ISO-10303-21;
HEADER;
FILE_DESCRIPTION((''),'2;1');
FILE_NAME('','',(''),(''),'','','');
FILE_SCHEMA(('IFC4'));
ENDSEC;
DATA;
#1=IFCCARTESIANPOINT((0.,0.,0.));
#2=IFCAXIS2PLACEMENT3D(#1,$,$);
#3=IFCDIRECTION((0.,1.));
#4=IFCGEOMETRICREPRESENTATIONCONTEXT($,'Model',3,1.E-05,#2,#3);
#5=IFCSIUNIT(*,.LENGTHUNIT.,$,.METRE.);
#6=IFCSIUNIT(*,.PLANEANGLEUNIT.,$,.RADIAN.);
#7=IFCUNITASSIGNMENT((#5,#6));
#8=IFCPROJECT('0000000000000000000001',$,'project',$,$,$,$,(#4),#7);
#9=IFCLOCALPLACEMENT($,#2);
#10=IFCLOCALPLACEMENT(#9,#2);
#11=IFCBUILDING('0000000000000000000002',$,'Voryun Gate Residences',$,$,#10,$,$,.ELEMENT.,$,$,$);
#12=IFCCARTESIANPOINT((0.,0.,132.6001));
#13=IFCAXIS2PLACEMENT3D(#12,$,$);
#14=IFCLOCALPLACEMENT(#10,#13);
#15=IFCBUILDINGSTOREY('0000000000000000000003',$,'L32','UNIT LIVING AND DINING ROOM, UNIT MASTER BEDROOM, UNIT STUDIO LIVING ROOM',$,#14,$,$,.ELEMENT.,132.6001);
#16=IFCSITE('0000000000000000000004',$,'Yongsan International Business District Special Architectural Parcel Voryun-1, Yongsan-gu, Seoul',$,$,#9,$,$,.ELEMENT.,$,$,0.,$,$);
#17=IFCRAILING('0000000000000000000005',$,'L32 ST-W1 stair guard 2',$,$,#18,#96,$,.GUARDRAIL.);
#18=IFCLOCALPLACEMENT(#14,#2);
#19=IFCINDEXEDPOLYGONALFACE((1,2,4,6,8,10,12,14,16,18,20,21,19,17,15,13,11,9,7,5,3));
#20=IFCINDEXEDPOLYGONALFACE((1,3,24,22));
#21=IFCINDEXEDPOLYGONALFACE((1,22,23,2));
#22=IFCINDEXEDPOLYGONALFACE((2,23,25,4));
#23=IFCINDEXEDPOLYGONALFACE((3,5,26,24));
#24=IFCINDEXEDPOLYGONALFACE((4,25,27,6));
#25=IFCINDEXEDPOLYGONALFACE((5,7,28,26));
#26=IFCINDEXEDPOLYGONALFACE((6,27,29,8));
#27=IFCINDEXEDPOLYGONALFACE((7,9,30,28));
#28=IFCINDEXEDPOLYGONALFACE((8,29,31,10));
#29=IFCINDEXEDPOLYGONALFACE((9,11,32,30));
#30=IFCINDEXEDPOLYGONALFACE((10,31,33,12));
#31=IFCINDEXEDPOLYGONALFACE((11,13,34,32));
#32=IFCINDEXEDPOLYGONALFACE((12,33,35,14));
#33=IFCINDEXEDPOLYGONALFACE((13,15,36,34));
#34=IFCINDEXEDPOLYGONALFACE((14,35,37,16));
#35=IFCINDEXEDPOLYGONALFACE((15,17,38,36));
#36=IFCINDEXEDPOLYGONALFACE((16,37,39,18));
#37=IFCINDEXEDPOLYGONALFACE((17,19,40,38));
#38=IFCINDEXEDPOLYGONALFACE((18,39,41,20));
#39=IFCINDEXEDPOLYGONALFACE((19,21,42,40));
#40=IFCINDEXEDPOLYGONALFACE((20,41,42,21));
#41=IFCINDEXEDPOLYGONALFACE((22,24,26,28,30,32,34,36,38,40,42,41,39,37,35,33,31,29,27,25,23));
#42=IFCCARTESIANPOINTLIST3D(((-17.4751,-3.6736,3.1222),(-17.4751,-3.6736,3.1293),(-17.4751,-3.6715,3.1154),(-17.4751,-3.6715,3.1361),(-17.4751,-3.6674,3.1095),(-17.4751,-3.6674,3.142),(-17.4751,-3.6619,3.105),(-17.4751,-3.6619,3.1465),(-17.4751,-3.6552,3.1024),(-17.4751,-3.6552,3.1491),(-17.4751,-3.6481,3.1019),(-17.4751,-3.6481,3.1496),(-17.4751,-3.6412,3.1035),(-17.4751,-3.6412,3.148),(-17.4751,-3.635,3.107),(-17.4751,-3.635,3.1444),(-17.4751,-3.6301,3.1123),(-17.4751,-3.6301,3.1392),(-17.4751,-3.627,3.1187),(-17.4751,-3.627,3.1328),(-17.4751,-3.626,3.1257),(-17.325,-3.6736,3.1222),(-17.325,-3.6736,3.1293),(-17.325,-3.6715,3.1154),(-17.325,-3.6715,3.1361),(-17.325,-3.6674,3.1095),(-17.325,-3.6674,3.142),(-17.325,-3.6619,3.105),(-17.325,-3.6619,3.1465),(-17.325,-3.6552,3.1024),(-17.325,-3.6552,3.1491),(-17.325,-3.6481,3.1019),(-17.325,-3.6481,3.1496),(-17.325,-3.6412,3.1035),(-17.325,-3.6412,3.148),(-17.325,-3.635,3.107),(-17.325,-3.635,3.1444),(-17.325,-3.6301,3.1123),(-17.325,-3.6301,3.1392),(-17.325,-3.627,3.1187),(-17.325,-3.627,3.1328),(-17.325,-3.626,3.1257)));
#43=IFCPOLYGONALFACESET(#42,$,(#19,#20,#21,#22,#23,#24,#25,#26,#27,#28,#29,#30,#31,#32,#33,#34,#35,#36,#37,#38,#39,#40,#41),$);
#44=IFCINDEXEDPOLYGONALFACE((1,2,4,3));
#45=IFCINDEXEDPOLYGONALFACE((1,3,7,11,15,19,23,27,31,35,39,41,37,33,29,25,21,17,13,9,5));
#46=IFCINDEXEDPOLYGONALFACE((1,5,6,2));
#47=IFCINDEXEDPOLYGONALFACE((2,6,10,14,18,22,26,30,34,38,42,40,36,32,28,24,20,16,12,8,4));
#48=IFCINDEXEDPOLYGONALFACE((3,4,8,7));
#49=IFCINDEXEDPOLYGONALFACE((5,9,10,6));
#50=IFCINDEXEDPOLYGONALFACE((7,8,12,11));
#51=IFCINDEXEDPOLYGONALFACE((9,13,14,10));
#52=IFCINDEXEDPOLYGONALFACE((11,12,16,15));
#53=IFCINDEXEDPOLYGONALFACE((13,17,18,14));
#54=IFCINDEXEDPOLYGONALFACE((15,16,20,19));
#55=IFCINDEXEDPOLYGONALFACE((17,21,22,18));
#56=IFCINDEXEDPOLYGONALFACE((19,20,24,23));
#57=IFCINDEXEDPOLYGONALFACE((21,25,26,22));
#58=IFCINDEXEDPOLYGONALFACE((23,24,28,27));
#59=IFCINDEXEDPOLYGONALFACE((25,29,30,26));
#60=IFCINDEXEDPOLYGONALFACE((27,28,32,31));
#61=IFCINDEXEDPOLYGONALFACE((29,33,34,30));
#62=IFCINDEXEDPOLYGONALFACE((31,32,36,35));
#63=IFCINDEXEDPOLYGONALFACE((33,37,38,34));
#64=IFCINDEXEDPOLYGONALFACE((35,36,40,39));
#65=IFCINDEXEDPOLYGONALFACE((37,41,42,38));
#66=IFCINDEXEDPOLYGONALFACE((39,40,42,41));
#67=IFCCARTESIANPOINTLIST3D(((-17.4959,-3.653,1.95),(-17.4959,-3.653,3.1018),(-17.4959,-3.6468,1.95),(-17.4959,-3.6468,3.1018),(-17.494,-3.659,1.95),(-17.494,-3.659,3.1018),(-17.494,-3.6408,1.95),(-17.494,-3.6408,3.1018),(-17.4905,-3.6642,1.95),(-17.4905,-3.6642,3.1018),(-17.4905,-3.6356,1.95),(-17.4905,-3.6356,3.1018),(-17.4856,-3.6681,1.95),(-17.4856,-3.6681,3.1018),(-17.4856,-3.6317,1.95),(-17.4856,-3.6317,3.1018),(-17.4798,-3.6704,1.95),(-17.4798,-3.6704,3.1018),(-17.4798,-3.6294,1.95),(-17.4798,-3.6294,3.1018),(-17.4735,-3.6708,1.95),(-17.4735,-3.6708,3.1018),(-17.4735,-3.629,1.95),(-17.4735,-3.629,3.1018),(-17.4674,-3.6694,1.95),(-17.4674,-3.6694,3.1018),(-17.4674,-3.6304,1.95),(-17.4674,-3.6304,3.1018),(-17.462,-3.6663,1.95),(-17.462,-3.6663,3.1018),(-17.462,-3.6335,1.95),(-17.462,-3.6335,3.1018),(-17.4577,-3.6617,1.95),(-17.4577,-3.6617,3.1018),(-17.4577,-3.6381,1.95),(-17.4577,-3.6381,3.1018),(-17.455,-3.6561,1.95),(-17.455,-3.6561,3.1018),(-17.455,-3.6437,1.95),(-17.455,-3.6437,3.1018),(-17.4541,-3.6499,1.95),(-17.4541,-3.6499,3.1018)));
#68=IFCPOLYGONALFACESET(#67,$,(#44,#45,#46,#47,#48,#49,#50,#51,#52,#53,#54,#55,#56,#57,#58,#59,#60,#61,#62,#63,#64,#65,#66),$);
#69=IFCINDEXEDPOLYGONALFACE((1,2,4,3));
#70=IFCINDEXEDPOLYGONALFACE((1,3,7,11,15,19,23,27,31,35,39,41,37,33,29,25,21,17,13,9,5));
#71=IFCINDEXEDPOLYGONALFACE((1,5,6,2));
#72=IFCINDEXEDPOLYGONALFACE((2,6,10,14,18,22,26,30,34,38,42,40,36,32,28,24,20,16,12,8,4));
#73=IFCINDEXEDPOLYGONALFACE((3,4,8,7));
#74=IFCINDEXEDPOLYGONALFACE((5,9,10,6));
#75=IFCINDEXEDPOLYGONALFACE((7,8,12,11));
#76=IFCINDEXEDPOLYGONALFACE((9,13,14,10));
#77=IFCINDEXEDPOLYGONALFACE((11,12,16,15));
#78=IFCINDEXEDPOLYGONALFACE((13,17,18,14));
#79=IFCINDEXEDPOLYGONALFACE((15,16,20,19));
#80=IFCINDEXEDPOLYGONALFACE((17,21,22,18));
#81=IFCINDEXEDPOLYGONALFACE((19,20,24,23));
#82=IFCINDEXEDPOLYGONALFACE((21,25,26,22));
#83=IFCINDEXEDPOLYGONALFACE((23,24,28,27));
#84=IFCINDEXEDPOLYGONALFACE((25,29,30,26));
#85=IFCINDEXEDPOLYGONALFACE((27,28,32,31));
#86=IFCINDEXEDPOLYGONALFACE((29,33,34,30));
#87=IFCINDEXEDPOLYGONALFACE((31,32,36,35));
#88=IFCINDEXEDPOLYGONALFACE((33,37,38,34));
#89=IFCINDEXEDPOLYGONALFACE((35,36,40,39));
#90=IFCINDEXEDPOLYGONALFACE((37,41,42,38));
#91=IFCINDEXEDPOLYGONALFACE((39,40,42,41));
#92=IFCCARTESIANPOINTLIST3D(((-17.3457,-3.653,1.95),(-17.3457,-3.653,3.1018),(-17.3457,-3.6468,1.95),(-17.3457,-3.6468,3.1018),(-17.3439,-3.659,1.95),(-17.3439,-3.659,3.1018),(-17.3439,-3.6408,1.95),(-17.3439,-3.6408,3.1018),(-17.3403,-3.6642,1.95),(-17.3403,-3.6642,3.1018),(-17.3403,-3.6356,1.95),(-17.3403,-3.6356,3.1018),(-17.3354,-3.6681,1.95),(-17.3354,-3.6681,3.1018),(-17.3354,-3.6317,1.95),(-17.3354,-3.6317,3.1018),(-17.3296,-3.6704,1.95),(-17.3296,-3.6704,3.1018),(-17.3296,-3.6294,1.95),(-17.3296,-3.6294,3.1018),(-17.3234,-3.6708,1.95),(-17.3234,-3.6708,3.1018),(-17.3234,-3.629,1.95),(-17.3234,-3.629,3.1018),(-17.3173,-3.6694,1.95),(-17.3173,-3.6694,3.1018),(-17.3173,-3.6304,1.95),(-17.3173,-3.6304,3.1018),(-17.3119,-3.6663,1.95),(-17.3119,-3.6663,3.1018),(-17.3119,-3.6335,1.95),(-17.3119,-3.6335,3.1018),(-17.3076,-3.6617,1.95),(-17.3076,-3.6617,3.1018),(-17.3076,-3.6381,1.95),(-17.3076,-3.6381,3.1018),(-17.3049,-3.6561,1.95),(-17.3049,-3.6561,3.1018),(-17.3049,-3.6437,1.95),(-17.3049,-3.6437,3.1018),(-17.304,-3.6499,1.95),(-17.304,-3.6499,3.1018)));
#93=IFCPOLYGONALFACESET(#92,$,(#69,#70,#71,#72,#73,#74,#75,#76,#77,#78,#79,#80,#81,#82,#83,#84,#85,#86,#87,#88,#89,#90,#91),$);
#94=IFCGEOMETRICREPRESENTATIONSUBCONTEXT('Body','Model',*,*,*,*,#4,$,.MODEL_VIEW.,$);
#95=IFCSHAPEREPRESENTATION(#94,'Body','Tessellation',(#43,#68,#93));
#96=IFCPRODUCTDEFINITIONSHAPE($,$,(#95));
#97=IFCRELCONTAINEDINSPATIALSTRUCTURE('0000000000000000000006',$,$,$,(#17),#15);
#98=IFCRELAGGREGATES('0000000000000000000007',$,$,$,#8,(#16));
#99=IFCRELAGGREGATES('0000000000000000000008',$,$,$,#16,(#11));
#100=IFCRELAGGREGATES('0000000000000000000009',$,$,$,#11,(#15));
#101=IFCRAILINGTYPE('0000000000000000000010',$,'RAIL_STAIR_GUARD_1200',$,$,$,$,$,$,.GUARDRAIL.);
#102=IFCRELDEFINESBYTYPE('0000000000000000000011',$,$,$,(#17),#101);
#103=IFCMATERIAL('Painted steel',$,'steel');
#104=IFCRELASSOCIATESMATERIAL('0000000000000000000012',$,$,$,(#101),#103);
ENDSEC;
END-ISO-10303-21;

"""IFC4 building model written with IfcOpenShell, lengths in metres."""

from ifc_helpers import new_model, si_unit, direction, frame, origin, origin_2d, place, context, subcontext, project, spatial, circle, extrude, material, type_object, element, save


model = new_model("IFC4")

# Units and contexts
model_context = context("Model", 3, precision=1e-05, world=origin(), true_north=direction((0.0, 1.0)))
body_context = subcontext(model_context, "Body", "Model", "MODEL_VIEW")
ifc_project = project(units=[si_unit("LENGTHUNIT", "METRE"), si_unit("PLANEANGLEUNIT", "RADIAN")], contexts=[model_context])

# Site, building, storey
site_placement = place(None, origin())
site = spatial("IfcSite", under=ifc_project, at=site_placement, Name="Yongsan International Business District Special Architectural Parcel Voryun-1, Yongsan-gu, Seoul", CompositionType="ELEMENT", RefElevation=0.0)
building_placement = place(site_placement, origin())
building = spatial("IfcBuilding", under=site, at=building_placement, Name="Voryun Gate Residences", CompositionType="ELEMENT")
storey_placement = place(building_placement, frame((0.0, 0.0, 132.6001)))
storey = spatial("IfcBuildingStorey", under=building, at=storey_placement, Name="L32", Description="UNIT LIVING AND DINING ROOM, UNIT MASTER BEDROOM, UNIT STUDIO LIVING ROOM", CompositionType="ELEMENT", Elevation=132.6001)

# Railing
ifc_material_1 = material(Name="Painted steel", Category="steel")
railing_type_1 = type_object("IfcRailingType", Name="RAIL_STAIR_GUARD_1200", PredefinedType="GUARDRAIL", material=ifc_material_1)
railing_1_placement = place(storey_placement, frame((-17.4751, -3.6499, 1.95)))
element("IfcRailing", 1, at=railing_1_placement, inside=storey, type_object=railing_type_1, Name="L32 ST-W1 stair guard 2", PredefinedType="GUARDRAIL", context=body_context, shape_type="SweptSolid", body=[
    extrude(circle(Radius=0.0239, at=origin_2d()), frame((0.0, 0.0, 1.1758), z_axis=(1.0, 0.0, 0.0), x_axis=(0.0, 1.0, 0.0)), (0.0, 0.0, 1.0), 0.1501),
    extrude(circle(Radius=0.021, at=origin_2d()), origin(), (0.0, 0.0, 1.0), 1.1519),
    extrude(circle(Radius=0.021, at=origin_2d()), frame((0.1501, 0.0, 0.0)), (0.0, 0.0, 1.0), 1.1519),
])

save(model, "model.ifc")
